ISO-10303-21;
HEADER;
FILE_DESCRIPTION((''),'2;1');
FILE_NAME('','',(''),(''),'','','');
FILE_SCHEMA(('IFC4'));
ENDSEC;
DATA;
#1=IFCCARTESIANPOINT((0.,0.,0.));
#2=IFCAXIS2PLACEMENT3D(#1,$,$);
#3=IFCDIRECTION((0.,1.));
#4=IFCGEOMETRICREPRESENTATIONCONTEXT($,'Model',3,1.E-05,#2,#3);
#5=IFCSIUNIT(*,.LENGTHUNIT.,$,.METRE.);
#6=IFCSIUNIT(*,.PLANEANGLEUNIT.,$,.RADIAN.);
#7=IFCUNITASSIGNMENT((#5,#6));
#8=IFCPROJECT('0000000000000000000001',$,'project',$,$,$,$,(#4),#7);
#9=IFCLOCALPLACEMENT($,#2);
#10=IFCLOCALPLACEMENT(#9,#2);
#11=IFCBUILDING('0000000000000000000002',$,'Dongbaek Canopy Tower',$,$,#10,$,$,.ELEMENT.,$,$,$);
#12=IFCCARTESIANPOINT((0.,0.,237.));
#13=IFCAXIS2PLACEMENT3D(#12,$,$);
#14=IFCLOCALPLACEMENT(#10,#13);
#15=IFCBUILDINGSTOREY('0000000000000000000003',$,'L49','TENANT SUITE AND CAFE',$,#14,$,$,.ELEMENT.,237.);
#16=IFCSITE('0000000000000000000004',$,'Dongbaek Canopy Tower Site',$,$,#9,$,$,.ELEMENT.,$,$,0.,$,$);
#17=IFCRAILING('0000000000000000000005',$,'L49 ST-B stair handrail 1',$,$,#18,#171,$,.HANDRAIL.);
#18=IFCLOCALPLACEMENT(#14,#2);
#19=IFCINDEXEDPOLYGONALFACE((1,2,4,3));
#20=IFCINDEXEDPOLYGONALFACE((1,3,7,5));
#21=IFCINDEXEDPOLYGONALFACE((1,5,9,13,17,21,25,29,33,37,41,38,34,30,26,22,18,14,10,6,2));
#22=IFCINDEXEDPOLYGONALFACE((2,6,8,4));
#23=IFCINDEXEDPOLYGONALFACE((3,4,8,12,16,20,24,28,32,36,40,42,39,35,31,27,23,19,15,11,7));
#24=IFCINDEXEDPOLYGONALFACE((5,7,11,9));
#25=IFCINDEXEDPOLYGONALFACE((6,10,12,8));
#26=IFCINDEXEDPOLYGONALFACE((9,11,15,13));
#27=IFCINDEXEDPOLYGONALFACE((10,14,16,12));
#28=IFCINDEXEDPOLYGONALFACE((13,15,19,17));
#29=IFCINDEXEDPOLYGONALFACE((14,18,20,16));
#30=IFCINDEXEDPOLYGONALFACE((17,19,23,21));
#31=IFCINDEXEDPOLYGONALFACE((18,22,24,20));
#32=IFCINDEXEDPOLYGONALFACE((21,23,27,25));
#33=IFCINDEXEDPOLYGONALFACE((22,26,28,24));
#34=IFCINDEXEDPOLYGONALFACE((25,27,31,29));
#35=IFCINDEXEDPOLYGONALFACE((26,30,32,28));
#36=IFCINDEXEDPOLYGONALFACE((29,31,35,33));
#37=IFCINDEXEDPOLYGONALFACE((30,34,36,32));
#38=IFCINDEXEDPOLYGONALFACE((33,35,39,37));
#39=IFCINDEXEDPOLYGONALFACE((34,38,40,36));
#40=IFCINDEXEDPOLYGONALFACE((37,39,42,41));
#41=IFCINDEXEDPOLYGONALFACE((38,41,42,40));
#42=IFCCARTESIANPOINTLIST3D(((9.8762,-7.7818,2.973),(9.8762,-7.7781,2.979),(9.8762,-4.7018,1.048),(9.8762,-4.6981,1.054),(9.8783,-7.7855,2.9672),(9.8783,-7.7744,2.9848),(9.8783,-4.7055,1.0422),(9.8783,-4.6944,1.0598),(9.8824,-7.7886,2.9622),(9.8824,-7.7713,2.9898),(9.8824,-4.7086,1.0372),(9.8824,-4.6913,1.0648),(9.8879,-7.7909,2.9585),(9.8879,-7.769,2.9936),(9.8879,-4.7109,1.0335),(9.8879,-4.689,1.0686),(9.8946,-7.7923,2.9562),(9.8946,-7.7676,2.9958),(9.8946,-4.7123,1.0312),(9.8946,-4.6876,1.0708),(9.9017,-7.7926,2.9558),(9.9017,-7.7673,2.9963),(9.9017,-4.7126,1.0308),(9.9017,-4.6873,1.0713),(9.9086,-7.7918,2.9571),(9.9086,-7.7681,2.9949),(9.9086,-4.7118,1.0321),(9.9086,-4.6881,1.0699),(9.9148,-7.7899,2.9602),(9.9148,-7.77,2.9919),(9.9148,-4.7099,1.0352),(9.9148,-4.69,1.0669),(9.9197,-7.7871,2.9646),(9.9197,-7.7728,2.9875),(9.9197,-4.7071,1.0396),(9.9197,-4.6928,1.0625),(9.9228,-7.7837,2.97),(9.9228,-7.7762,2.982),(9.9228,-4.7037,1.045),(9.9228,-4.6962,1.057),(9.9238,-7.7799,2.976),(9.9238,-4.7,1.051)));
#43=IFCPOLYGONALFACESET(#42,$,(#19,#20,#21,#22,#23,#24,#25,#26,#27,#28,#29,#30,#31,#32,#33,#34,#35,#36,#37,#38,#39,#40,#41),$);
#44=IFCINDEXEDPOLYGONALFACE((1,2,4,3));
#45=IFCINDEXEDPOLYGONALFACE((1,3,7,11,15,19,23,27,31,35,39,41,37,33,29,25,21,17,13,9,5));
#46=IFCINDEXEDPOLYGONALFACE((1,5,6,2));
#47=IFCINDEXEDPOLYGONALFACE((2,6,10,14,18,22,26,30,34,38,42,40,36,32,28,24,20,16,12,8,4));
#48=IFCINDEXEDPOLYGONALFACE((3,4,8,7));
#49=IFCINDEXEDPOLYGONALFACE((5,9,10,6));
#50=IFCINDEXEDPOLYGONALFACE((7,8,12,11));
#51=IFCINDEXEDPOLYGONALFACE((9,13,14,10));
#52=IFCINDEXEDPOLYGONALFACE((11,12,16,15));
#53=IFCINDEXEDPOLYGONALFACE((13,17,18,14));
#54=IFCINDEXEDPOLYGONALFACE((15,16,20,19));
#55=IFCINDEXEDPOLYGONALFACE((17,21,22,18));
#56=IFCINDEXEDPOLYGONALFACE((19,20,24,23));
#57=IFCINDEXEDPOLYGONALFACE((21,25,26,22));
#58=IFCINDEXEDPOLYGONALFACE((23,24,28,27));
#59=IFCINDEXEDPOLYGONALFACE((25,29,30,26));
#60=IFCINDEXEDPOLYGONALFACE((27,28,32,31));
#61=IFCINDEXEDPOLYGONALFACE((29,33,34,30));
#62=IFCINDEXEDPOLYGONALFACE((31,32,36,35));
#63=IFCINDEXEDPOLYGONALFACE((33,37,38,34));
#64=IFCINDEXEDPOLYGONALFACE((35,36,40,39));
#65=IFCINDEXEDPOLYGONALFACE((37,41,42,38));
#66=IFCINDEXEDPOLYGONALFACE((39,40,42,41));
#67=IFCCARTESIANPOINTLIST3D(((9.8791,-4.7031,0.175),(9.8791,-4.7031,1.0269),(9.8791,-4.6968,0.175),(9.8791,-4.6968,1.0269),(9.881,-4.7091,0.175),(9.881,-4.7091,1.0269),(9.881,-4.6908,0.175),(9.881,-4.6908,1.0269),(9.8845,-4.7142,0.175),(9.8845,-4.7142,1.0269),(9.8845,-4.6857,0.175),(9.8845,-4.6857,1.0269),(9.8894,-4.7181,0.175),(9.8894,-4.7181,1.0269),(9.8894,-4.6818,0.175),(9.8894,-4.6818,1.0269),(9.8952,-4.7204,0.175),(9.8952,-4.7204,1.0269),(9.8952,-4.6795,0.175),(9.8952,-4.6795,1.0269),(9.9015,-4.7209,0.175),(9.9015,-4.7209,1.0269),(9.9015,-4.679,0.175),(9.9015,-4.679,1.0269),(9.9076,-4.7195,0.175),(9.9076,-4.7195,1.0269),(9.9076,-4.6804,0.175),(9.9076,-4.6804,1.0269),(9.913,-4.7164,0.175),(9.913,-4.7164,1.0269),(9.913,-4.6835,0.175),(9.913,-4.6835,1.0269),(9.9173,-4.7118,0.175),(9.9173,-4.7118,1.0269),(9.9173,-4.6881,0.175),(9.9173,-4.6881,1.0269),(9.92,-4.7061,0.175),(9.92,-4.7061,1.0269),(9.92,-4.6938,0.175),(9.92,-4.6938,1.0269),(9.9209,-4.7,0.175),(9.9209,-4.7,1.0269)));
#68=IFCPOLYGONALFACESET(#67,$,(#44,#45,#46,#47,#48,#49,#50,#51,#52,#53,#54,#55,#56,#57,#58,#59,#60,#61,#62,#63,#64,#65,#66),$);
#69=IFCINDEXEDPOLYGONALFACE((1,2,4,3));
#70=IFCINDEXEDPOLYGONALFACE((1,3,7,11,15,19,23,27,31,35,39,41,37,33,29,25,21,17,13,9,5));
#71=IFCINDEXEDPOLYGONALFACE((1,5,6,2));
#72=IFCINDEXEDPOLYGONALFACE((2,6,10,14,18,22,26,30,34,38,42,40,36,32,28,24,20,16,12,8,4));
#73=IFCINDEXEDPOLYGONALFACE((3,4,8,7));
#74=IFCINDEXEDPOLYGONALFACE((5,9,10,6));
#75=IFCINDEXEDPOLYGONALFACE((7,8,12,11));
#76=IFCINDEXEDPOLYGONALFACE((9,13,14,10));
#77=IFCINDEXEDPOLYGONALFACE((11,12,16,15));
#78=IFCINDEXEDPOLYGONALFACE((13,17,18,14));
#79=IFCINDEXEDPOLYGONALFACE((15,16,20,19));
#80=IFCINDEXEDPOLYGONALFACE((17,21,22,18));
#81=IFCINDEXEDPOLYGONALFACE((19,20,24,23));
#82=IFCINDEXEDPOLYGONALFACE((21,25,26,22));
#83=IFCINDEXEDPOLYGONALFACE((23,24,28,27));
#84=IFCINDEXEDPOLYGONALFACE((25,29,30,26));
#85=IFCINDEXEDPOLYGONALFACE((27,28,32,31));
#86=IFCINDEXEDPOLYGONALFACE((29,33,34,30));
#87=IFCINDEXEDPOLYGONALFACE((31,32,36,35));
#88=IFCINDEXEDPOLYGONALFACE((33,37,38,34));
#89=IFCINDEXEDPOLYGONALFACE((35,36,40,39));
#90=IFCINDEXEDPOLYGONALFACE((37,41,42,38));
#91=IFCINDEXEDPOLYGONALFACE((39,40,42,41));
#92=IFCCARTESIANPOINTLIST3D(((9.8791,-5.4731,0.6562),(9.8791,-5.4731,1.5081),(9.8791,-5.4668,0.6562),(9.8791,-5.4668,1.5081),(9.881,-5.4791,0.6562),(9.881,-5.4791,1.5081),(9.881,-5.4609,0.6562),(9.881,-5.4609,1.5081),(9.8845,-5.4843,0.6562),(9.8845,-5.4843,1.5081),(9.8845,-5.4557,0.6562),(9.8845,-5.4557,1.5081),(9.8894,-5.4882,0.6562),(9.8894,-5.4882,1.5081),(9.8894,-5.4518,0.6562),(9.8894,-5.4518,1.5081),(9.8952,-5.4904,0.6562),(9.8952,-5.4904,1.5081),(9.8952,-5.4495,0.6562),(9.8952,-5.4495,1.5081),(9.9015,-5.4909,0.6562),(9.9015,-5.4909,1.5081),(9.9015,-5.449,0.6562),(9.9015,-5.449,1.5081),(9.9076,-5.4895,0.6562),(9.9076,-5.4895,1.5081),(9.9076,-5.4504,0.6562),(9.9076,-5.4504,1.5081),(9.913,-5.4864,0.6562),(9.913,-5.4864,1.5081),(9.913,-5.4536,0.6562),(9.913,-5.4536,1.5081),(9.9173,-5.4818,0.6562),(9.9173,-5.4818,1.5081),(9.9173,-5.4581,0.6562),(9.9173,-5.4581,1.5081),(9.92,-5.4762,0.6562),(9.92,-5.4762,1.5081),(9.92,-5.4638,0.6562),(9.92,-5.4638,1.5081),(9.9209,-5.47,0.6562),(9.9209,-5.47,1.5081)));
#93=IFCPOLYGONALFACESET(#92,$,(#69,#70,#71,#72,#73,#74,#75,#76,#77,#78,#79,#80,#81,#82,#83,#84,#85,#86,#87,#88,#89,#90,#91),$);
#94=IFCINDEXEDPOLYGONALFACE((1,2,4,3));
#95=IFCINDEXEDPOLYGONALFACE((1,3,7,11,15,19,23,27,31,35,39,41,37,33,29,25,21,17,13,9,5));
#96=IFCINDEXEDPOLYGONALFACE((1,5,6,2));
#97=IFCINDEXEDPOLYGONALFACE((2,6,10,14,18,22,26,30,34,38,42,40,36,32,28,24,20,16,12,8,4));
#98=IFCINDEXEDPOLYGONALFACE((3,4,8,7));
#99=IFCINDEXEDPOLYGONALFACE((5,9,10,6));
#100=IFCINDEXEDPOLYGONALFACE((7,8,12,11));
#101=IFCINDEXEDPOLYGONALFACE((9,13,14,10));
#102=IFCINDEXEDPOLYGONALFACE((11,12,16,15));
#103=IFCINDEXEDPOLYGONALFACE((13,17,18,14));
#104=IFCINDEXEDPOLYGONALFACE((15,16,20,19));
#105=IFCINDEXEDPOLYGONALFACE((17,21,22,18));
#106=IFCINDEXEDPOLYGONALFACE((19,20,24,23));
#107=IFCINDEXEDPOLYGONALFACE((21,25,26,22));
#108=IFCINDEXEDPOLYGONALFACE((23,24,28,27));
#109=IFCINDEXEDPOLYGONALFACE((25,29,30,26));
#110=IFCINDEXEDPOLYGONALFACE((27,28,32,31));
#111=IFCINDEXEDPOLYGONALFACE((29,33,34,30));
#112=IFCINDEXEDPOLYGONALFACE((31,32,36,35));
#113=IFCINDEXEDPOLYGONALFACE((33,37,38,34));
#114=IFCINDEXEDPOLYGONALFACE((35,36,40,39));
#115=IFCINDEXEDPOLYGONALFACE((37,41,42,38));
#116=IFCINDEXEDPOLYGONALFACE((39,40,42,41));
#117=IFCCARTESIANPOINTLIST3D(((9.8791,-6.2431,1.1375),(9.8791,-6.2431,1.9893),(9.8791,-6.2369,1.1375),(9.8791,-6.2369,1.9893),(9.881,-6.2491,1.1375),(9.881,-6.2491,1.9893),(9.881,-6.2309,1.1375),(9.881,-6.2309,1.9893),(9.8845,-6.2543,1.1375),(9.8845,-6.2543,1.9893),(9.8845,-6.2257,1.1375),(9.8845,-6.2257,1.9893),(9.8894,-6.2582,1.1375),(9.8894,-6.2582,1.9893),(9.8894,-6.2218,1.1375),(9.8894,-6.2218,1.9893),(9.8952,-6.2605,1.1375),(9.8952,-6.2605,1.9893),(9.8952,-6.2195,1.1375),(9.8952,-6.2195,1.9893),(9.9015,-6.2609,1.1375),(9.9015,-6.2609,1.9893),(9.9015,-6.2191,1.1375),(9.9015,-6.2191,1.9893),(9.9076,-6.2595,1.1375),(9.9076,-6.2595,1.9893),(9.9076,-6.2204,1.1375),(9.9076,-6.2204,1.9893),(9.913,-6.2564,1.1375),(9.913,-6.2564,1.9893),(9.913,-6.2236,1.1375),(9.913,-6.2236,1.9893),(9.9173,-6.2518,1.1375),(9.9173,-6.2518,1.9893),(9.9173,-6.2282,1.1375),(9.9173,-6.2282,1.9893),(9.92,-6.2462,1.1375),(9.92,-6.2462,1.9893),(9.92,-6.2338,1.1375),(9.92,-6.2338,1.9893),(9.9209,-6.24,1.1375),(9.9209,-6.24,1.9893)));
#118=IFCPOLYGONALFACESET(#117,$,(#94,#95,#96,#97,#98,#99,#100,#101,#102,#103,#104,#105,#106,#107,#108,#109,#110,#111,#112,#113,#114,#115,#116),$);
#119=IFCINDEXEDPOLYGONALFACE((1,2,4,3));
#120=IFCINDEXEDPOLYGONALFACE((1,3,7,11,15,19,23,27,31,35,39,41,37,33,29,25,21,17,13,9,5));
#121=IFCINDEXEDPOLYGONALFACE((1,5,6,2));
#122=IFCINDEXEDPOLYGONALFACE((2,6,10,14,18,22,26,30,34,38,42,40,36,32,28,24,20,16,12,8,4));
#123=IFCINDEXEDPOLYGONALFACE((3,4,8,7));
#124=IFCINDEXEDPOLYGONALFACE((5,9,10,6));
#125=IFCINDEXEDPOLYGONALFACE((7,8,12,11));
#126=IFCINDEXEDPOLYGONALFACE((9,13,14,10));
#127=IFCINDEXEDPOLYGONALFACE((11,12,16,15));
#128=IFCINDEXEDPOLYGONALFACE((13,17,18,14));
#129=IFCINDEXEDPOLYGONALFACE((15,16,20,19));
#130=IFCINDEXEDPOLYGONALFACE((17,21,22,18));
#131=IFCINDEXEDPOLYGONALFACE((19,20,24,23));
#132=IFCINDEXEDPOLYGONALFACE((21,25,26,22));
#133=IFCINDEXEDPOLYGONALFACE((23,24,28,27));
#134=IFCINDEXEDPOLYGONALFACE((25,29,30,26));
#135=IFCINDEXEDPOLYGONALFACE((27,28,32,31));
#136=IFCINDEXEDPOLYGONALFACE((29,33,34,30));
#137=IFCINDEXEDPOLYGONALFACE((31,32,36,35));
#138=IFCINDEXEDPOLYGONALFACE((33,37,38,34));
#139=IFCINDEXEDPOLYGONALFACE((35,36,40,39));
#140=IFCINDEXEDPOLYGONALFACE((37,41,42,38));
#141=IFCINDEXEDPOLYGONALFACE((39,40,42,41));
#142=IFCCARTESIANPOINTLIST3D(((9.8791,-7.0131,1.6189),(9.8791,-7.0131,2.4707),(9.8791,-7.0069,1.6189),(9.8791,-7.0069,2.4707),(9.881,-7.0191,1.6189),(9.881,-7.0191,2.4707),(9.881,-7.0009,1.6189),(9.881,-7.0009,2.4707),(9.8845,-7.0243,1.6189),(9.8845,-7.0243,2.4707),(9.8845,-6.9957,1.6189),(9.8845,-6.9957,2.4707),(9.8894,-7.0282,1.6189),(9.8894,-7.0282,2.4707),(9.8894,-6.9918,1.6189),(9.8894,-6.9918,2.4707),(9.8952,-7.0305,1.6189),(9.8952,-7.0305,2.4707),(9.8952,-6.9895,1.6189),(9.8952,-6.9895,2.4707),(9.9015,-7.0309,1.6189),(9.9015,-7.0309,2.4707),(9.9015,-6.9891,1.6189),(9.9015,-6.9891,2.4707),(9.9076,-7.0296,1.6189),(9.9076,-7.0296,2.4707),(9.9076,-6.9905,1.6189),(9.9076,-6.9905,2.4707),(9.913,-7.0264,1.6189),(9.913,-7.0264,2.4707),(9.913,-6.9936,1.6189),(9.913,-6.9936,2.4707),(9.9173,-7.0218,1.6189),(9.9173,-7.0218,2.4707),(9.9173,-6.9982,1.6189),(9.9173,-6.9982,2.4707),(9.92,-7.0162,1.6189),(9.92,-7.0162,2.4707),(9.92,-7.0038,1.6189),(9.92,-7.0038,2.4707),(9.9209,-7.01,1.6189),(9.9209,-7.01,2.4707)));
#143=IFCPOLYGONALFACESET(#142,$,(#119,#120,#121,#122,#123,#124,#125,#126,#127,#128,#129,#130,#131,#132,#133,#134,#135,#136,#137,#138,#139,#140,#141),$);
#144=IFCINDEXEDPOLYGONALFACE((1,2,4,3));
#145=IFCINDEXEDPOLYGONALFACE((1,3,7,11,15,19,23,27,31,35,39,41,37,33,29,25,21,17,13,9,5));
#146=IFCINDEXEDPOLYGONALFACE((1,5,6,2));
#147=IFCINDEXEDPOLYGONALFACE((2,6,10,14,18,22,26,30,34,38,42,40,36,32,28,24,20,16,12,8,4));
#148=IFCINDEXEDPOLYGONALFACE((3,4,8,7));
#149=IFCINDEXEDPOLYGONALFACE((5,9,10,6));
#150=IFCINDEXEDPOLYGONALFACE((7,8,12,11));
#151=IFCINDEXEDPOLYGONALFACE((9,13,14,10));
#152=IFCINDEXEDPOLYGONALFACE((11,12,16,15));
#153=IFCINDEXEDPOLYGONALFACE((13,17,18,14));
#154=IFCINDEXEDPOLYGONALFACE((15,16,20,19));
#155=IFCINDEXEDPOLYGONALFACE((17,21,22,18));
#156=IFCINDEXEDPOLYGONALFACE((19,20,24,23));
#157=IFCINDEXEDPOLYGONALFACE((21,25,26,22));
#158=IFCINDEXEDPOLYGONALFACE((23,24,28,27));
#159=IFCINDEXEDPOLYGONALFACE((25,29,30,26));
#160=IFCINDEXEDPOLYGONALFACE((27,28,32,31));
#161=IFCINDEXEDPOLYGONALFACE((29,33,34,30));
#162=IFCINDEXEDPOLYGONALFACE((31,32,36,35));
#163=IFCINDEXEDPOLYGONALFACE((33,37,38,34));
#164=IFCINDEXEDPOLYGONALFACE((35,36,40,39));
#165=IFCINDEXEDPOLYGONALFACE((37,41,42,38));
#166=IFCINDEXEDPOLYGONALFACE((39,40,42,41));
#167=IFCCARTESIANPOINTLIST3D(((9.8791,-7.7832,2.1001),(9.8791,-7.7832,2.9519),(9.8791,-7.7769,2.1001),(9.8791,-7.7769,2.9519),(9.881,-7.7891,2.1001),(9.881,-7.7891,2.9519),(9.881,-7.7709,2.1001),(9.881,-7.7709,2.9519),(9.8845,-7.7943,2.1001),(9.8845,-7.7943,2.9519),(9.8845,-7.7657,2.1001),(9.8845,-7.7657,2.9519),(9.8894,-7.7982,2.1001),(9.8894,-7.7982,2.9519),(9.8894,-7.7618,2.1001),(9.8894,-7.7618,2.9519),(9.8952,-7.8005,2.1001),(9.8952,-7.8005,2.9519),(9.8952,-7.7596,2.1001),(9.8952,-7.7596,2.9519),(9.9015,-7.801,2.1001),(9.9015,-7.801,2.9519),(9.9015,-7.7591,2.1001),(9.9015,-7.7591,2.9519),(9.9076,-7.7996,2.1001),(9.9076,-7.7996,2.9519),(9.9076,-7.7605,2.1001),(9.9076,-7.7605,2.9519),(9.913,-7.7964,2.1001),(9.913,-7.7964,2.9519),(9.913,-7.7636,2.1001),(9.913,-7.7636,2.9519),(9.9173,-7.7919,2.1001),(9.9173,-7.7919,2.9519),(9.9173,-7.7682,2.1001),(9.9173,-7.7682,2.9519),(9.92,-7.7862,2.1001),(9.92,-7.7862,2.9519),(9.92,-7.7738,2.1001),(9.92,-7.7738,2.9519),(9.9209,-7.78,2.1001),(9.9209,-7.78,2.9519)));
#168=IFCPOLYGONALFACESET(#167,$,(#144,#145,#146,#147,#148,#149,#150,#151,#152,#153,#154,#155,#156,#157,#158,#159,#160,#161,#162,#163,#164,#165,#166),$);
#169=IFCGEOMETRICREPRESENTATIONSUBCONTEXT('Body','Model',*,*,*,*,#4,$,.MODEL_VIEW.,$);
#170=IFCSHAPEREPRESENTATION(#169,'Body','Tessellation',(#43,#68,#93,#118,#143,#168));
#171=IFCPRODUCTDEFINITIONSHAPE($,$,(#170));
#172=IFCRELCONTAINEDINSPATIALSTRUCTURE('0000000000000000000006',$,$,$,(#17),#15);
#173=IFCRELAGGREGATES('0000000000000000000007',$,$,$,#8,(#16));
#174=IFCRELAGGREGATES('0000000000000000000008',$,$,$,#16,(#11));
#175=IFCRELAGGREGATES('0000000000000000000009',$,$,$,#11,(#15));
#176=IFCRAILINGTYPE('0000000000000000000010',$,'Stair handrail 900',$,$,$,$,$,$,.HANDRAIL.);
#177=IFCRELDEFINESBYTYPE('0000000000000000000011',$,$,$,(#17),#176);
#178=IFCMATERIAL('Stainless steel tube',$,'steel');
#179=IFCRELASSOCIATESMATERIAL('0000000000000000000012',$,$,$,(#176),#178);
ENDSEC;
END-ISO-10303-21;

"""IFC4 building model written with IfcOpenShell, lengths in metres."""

from ifc_helpers import new_model, si_unit, direction, frame, origin, origin_2d, place, context, subcontext, project, spatial, circle, extrude, material, type_object, element, save


model = new_model("IFC4")

# Units and contexts
model_context = context("Model", 3, precision=1e-05, world=origin(), true_north=direction((0.0, 1.0)))
body_context = subcontext(model_context, "Body", "Model", "MODEL_VIEW")
ifc_project = project(units=[si_unit("LENGTHUNIT", "METRE"), si_unit("PLANEANGLEUNIT", "RADIAN")], contexts=[model_context])

# Site, building, storey
site_placement = place(None, origin())
site = spatial("IfcSite", under=ifc_project, at=site_placement, Name="Dongbaek Canopy Tower Site", CompositionType="ELEMENT", RefElevation=0.0)
building_placement = place(site_placement, origin())
building = spatial("IfcBuilding", under=site, at=building_placement, Name="Dongbaek Canopy Tower", CompositionType="ELEMENT")
storey_placement = place(building_placement, frame((0.0, 0.0, 237.0)))
storey = spatial("IfcBuildingStorey", under=building, at=storey_placement, Name="L49", Description="TENANT SUITE AND CAFE", CompositionType="ELEMENT", Elevation=237.0)

# Railing
ifc_material_1 = material(Name="Stainless steel tube", Category="steel")
railing_type_1 = type_object("IfcRailingType", Name="Stair handrail 900", PredefinedType="HANDRAIL", material=ifc_material_1)
railing_1_placement = place(storey_placement, frame((9.8999, -4.7, 0.175)))
element("IfcRailing", 1, at=railing_1_placement, inside=storey, type_object=railing_type_1, Name="L49 ST-B stair handrail 1", PredefinedType="HANDRAIL", context=body_context, shape_type="SweptSolid", body=[
    extrude(circle(Radius=0.0239, at=origin_2d()), frame((0.0, 0.0, 0.876), z_axis=(0.0, -0.847998, 0.529999), x_axis=(1.0, 0.0, 0.0)), (0.0, 0.0, 1.0), 3.6321),
    extrude(circle(Radius=0.021, at=origin_2d()), origin(), (0.0, 0.0, 1.0), 0.8518),
    extrude(circle(Radius=0.021, at=origin_2d()), frame((0.0, -0.77, 0.4812)), (0.0, 0.0, 1.0), 0.8518),
    extrude(circle(Radius=0.021, at=origin_2d()), frame((0.0, -1.54, 0.9624)), (0.0, 0.0, 1.0), 0.8518),
    extrude(circle(Radius=0.021, at=origin_2d()), frame((0.0, -2.3101, 1.4438)), (0.0, 0.0, 1.0), 0.8518),
    extrude(circle(Radius=0.021, at=origin_2d()), frame((0.0, -3.0801, 1.925)), (0.0, 0.0, 1.0), 0.8518),
])

save(model, "model.ifc")
